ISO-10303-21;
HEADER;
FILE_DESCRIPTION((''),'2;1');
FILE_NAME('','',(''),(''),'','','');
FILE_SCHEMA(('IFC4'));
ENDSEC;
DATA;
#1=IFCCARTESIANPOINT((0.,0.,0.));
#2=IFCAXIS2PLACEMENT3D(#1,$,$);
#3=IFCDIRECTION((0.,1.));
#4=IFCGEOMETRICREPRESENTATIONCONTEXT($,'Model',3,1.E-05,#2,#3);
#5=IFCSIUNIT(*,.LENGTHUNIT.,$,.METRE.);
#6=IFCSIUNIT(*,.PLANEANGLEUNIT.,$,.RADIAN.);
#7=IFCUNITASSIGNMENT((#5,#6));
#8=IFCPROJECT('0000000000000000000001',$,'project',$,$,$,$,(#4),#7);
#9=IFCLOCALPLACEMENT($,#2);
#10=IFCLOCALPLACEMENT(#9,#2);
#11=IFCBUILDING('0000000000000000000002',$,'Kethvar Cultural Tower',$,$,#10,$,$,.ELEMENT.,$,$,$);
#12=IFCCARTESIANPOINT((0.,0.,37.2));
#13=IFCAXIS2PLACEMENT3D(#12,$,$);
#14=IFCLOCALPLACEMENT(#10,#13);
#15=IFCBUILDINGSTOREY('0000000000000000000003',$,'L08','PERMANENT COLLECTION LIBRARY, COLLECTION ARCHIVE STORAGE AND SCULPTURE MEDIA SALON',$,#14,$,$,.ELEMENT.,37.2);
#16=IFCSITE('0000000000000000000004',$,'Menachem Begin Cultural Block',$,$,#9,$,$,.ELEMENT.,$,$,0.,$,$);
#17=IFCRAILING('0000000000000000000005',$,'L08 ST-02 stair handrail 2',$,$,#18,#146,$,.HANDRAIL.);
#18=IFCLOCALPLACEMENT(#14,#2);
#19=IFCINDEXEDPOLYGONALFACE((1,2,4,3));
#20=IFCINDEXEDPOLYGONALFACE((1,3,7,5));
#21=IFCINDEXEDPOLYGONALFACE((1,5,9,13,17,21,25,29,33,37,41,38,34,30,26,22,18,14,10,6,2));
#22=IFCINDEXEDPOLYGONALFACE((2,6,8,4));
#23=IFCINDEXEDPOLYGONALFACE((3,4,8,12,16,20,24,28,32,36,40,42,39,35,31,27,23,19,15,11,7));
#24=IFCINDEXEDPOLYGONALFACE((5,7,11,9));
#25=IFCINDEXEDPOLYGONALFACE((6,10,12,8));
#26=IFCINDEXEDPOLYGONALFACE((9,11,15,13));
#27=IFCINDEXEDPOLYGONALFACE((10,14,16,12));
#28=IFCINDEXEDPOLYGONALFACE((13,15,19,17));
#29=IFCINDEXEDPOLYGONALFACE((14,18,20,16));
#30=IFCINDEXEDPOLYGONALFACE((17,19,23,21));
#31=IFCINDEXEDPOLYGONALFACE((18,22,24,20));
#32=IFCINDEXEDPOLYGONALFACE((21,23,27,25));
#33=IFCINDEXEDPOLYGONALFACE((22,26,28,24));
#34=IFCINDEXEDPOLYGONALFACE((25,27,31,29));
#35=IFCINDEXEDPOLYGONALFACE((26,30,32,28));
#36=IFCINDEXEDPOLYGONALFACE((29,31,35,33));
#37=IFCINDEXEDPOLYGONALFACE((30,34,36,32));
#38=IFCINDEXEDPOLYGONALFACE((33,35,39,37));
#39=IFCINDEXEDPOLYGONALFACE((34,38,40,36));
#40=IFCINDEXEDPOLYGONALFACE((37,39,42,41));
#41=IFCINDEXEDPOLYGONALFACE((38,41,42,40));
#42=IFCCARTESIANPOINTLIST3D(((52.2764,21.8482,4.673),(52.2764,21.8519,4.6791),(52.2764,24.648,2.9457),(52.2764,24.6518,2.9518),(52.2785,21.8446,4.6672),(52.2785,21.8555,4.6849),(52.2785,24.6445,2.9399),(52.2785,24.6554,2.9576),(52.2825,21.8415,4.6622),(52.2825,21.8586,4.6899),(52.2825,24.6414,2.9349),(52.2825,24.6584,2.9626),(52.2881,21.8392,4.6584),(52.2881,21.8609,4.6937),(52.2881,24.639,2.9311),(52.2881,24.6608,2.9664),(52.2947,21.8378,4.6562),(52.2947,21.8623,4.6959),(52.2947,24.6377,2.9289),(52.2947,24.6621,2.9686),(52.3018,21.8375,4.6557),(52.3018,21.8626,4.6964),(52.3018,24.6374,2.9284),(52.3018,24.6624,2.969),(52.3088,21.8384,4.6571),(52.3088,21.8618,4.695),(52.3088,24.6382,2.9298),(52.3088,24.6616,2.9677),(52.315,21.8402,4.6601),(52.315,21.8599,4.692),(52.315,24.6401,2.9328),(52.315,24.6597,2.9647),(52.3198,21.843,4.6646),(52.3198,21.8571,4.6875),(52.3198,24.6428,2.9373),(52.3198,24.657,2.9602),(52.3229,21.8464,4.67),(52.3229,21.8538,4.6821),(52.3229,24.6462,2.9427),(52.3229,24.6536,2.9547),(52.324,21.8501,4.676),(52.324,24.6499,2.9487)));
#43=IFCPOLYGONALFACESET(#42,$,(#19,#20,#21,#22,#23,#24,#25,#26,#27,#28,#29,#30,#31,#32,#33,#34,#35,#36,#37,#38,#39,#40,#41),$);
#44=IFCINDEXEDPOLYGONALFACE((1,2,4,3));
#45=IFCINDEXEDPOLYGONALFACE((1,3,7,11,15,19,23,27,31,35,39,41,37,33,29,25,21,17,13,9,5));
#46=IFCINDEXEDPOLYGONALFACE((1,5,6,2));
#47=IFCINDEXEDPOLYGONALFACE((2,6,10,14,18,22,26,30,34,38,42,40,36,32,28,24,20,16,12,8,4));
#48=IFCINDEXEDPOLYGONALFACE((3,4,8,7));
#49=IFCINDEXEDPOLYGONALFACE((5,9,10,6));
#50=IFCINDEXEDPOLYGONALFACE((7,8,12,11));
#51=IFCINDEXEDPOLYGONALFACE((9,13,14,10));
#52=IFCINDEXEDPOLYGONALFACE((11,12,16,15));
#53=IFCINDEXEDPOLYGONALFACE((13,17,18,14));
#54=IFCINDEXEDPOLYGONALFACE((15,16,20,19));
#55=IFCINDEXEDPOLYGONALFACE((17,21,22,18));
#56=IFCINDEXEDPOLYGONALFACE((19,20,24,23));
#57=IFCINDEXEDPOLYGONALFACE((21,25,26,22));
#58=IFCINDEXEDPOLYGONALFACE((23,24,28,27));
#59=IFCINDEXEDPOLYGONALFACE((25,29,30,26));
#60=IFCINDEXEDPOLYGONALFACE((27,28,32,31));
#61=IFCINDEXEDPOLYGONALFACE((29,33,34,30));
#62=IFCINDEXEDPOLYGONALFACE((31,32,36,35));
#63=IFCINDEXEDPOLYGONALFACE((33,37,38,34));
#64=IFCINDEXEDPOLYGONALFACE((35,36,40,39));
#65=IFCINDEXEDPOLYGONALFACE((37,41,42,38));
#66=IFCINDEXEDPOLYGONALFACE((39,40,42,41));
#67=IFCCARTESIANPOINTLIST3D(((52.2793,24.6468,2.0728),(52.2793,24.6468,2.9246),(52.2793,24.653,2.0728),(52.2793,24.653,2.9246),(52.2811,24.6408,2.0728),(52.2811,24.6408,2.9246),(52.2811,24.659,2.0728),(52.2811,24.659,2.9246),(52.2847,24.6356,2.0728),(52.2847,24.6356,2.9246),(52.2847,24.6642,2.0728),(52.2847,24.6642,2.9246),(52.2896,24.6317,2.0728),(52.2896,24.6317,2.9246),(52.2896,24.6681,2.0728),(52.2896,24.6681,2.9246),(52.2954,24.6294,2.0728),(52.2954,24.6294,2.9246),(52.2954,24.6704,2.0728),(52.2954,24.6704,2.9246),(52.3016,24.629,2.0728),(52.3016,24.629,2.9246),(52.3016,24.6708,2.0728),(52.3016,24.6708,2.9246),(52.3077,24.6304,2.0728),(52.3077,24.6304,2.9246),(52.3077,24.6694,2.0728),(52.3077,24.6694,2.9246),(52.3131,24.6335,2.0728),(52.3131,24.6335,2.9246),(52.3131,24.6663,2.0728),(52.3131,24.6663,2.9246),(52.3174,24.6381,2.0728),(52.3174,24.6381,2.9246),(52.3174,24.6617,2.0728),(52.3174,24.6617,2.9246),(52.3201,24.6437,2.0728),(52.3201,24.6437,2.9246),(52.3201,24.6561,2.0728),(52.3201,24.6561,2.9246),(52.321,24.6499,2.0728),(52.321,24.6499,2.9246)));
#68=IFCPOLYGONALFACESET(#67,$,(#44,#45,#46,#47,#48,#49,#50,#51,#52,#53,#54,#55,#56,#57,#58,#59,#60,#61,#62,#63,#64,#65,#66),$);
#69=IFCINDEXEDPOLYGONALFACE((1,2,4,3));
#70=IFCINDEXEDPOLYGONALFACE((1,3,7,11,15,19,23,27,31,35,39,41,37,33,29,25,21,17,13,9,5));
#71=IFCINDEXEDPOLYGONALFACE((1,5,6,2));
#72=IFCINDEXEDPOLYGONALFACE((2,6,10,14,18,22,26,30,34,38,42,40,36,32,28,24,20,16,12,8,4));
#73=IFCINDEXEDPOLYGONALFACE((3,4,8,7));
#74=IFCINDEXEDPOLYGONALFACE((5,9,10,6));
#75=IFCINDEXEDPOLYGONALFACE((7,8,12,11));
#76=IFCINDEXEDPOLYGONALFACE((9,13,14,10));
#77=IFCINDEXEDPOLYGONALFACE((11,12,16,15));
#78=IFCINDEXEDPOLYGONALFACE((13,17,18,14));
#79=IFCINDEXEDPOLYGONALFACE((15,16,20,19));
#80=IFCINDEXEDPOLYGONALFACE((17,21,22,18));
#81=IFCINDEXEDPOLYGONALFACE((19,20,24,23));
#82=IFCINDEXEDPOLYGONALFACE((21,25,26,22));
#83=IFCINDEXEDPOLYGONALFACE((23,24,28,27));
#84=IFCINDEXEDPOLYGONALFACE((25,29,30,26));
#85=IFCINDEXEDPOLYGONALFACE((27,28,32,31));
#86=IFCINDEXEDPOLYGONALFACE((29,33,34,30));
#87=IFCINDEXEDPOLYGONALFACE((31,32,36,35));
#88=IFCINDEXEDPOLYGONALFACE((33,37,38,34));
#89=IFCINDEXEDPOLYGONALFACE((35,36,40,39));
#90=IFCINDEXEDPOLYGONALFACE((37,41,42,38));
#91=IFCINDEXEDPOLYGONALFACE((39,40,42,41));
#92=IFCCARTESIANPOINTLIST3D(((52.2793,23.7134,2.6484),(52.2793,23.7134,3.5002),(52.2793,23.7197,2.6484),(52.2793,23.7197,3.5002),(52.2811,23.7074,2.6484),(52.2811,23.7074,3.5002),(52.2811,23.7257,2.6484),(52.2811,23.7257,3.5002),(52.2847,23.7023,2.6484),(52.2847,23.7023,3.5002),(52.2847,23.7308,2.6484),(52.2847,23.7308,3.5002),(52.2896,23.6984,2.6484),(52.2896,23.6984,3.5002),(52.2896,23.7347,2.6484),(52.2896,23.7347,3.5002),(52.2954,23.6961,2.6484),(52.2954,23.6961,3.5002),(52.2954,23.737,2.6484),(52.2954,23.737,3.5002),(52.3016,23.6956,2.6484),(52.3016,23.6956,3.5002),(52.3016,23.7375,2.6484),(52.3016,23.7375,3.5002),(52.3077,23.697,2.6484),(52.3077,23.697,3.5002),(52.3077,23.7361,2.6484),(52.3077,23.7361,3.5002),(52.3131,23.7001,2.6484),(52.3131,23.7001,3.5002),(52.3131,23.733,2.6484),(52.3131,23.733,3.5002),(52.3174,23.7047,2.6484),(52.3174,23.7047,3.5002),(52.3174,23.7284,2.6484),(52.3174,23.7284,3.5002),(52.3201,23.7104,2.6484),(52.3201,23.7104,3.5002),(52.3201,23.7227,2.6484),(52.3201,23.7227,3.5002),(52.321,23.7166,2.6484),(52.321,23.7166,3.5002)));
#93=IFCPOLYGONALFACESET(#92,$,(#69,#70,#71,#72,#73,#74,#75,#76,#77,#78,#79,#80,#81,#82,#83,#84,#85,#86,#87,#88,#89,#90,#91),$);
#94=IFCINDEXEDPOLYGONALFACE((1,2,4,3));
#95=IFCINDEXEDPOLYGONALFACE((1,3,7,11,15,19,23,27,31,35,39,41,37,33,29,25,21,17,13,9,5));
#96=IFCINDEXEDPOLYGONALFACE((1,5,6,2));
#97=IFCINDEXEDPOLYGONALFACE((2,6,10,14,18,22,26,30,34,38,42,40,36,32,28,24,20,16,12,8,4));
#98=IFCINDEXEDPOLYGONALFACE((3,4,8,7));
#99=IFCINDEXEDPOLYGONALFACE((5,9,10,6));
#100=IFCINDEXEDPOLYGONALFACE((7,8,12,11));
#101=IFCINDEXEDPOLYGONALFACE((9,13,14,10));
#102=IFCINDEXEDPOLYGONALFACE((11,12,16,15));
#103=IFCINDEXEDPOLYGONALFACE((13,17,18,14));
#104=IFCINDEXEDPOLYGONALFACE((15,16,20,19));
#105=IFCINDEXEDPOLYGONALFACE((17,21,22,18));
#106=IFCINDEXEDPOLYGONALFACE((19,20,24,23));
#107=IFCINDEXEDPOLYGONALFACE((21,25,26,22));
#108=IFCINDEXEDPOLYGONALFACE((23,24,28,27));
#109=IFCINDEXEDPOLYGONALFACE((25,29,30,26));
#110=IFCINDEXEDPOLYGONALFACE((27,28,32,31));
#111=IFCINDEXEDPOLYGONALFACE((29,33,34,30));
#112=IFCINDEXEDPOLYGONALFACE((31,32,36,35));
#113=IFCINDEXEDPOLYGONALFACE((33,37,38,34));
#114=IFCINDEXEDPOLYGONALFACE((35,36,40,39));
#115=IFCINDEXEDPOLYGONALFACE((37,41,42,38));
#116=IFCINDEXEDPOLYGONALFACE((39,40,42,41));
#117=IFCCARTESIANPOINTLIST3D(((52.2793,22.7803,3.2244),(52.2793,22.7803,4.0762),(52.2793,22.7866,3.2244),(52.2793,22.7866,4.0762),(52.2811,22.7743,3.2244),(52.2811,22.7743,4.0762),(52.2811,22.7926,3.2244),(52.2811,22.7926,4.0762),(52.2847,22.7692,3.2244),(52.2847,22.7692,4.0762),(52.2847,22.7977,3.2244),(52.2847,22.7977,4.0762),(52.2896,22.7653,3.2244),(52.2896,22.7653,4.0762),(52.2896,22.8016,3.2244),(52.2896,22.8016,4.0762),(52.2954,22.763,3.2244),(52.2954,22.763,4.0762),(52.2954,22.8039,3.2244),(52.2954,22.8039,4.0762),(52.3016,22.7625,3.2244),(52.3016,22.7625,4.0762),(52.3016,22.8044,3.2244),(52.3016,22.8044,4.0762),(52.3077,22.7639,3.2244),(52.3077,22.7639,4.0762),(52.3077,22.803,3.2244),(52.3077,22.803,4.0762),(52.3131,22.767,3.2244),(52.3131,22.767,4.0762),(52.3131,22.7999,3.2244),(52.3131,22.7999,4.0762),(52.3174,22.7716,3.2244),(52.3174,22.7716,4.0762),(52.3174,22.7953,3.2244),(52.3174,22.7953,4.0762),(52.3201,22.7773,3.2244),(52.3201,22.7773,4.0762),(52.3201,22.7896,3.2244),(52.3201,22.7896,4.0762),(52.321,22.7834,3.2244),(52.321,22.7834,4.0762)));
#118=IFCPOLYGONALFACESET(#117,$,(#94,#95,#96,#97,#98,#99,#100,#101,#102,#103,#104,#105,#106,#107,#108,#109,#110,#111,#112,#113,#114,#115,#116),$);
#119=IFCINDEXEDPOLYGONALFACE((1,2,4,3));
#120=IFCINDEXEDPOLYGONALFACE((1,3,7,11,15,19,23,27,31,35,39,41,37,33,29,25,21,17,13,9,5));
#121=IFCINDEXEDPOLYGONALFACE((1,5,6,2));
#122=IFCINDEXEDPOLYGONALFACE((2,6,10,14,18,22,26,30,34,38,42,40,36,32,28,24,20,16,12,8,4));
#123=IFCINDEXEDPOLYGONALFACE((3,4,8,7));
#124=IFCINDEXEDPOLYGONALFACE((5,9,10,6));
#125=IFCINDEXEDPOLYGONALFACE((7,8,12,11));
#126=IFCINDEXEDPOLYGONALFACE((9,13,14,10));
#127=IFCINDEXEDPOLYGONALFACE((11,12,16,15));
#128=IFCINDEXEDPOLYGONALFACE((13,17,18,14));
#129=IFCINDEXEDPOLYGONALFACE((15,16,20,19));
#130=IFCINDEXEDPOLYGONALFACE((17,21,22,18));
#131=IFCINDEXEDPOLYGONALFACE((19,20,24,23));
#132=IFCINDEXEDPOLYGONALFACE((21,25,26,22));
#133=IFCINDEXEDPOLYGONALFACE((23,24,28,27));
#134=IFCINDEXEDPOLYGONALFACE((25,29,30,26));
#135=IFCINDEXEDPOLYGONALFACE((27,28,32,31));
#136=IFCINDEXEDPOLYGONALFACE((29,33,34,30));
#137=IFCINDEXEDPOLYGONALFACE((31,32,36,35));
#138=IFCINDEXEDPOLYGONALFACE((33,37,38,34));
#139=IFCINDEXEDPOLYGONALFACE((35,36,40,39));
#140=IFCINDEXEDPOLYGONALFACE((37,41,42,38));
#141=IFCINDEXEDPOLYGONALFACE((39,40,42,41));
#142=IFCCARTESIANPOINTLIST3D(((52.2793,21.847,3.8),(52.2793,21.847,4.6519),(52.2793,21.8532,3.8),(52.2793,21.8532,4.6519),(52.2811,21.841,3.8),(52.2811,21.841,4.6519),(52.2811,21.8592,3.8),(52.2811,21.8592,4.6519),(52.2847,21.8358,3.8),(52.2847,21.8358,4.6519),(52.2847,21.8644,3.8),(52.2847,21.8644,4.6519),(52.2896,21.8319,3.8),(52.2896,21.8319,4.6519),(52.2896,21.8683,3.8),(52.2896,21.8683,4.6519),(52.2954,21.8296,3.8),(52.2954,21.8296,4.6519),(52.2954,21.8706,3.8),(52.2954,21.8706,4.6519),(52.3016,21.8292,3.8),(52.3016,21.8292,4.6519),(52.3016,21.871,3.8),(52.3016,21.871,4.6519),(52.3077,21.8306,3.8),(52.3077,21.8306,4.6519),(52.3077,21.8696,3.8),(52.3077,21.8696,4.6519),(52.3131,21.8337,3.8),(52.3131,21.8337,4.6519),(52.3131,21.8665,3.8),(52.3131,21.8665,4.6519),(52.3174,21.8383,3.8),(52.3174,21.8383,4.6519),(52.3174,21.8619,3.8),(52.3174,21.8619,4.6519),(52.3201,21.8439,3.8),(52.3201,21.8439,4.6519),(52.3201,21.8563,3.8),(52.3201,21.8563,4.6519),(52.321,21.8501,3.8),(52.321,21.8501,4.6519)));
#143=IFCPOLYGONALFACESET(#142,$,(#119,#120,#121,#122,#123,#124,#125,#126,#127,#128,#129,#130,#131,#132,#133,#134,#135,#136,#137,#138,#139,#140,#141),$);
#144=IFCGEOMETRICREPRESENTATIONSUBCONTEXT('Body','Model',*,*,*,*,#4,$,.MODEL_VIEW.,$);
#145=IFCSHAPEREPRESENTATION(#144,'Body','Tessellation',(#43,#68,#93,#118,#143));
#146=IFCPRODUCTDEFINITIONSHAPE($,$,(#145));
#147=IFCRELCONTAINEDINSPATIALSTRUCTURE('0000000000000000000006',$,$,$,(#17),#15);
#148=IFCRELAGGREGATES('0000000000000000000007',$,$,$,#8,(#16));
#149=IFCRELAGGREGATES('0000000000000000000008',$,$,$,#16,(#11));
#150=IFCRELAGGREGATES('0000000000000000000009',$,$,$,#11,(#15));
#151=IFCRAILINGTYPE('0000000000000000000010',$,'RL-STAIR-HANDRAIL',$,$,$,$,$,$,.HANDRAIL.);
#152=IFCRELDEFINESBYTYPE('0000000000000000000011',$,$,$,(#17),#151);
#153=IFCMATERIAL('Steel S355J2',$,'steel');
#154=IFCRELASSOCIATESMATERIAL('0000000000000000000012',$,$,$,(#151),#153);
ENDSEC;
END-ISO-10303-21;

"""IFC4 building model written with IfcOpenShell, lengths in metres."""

from ifc_helpers import new_model, si_unit, direction, frame, origin, origin_2d, place, context, subcontext, project, spatial, circle, extrude, material, type_object, element, save


model = new_model("IFC4")

# Units and contexts
model_context = context("Model", 3, precision=1e-05, world=origin(), true_north=direction((0.0, 1.0)))
body_context = subcontext(model_context, "Body", "Model", "MODEL_VIEW")
ifc_project = project(units=[si_unit("LENGTHUNIT", "METRE"), si_unit("PLANEANGLEUNIT", "RADIAN")], contexts=[model_context])

# Site, building, storey
site_placement = place(None, origin())
site = spatial("IfcSite", under=ifc_project, at=site_placement, Name="Menachem Begin Cultural Block", CompositionType="ELEMENT", RefElevation=0.0)
building_placement = place(site_placement, origin())
building = spatial("IfcBuilding", under=site, at=building_placement, Name="Kethvar Cultural Tower", CompositionType="ELEMENT")
storey_placement = place(building_placement, frame((0.0, 0.0, 37.2)))
storey = spatial("IfcBuildingStorey", under=building, at=storey_placement, Name="L08", Description="PERMANENT COLLECTION LIBRARY, COLLECTION ARCHIVE STORAGE AND SCULPTURE MEDIA SALON", CompositionType="ELEMENT", Elevation=37.2)

# Shared definitions
ifc_material_1 = material(Name="Steel S355J2", Category="steel")

# Railing
railing_type_1 = type_object("IfcRailingType", Name="RL-STAIR-HANDRAIL", PredefinedType="HANDRAIL", material=ifc_material_1)
railing_1_placement = place(storey_placement, frame((52.3, 24.6499, 2.0728)))
element("IfcRailing", 1, at=railing_1_placement, inside=storey, type_object=railing_type_1, Name="L08 ST-02 stair handrail 2", PredefinedType="HANDRAIL", context=body_context, shape_type="SweptSolid", body=[
    extrude(circle(Radius=0.0239, at=origin_2d()), frame((0.0, 0.0, 0.876), z_axis=(0.0, -0.851069, 0.525054), x_axis=(1.0, 0.0, 0.0)), (0.0, 0.0, 1.0), 3.2898),
    extrude(circle(Radius=0.021, at=origin_2d()), origin(), (0.0, 0.0, 1.0), 0.8518),
    extrude(circle(Radius=0.021, at=origin_2d()), frame((0.0, -0.9333, 0.5757)), (0.0, 0.0, 1.0), 0.8518),
    extrude(circle(Radius=0.021, at=origin_2d()), frame((0.0, -1.8665, 1.1516)), (0.0, 0.0, 1.0), 0.8518),
    extrude(circle(Radius=0.021, at=origin_2d()), frame((0.0, -2.7998, 1.7273)), (0.0, 0.0, 1.0), 0.8518),
])

save(model, "model.ifc")
